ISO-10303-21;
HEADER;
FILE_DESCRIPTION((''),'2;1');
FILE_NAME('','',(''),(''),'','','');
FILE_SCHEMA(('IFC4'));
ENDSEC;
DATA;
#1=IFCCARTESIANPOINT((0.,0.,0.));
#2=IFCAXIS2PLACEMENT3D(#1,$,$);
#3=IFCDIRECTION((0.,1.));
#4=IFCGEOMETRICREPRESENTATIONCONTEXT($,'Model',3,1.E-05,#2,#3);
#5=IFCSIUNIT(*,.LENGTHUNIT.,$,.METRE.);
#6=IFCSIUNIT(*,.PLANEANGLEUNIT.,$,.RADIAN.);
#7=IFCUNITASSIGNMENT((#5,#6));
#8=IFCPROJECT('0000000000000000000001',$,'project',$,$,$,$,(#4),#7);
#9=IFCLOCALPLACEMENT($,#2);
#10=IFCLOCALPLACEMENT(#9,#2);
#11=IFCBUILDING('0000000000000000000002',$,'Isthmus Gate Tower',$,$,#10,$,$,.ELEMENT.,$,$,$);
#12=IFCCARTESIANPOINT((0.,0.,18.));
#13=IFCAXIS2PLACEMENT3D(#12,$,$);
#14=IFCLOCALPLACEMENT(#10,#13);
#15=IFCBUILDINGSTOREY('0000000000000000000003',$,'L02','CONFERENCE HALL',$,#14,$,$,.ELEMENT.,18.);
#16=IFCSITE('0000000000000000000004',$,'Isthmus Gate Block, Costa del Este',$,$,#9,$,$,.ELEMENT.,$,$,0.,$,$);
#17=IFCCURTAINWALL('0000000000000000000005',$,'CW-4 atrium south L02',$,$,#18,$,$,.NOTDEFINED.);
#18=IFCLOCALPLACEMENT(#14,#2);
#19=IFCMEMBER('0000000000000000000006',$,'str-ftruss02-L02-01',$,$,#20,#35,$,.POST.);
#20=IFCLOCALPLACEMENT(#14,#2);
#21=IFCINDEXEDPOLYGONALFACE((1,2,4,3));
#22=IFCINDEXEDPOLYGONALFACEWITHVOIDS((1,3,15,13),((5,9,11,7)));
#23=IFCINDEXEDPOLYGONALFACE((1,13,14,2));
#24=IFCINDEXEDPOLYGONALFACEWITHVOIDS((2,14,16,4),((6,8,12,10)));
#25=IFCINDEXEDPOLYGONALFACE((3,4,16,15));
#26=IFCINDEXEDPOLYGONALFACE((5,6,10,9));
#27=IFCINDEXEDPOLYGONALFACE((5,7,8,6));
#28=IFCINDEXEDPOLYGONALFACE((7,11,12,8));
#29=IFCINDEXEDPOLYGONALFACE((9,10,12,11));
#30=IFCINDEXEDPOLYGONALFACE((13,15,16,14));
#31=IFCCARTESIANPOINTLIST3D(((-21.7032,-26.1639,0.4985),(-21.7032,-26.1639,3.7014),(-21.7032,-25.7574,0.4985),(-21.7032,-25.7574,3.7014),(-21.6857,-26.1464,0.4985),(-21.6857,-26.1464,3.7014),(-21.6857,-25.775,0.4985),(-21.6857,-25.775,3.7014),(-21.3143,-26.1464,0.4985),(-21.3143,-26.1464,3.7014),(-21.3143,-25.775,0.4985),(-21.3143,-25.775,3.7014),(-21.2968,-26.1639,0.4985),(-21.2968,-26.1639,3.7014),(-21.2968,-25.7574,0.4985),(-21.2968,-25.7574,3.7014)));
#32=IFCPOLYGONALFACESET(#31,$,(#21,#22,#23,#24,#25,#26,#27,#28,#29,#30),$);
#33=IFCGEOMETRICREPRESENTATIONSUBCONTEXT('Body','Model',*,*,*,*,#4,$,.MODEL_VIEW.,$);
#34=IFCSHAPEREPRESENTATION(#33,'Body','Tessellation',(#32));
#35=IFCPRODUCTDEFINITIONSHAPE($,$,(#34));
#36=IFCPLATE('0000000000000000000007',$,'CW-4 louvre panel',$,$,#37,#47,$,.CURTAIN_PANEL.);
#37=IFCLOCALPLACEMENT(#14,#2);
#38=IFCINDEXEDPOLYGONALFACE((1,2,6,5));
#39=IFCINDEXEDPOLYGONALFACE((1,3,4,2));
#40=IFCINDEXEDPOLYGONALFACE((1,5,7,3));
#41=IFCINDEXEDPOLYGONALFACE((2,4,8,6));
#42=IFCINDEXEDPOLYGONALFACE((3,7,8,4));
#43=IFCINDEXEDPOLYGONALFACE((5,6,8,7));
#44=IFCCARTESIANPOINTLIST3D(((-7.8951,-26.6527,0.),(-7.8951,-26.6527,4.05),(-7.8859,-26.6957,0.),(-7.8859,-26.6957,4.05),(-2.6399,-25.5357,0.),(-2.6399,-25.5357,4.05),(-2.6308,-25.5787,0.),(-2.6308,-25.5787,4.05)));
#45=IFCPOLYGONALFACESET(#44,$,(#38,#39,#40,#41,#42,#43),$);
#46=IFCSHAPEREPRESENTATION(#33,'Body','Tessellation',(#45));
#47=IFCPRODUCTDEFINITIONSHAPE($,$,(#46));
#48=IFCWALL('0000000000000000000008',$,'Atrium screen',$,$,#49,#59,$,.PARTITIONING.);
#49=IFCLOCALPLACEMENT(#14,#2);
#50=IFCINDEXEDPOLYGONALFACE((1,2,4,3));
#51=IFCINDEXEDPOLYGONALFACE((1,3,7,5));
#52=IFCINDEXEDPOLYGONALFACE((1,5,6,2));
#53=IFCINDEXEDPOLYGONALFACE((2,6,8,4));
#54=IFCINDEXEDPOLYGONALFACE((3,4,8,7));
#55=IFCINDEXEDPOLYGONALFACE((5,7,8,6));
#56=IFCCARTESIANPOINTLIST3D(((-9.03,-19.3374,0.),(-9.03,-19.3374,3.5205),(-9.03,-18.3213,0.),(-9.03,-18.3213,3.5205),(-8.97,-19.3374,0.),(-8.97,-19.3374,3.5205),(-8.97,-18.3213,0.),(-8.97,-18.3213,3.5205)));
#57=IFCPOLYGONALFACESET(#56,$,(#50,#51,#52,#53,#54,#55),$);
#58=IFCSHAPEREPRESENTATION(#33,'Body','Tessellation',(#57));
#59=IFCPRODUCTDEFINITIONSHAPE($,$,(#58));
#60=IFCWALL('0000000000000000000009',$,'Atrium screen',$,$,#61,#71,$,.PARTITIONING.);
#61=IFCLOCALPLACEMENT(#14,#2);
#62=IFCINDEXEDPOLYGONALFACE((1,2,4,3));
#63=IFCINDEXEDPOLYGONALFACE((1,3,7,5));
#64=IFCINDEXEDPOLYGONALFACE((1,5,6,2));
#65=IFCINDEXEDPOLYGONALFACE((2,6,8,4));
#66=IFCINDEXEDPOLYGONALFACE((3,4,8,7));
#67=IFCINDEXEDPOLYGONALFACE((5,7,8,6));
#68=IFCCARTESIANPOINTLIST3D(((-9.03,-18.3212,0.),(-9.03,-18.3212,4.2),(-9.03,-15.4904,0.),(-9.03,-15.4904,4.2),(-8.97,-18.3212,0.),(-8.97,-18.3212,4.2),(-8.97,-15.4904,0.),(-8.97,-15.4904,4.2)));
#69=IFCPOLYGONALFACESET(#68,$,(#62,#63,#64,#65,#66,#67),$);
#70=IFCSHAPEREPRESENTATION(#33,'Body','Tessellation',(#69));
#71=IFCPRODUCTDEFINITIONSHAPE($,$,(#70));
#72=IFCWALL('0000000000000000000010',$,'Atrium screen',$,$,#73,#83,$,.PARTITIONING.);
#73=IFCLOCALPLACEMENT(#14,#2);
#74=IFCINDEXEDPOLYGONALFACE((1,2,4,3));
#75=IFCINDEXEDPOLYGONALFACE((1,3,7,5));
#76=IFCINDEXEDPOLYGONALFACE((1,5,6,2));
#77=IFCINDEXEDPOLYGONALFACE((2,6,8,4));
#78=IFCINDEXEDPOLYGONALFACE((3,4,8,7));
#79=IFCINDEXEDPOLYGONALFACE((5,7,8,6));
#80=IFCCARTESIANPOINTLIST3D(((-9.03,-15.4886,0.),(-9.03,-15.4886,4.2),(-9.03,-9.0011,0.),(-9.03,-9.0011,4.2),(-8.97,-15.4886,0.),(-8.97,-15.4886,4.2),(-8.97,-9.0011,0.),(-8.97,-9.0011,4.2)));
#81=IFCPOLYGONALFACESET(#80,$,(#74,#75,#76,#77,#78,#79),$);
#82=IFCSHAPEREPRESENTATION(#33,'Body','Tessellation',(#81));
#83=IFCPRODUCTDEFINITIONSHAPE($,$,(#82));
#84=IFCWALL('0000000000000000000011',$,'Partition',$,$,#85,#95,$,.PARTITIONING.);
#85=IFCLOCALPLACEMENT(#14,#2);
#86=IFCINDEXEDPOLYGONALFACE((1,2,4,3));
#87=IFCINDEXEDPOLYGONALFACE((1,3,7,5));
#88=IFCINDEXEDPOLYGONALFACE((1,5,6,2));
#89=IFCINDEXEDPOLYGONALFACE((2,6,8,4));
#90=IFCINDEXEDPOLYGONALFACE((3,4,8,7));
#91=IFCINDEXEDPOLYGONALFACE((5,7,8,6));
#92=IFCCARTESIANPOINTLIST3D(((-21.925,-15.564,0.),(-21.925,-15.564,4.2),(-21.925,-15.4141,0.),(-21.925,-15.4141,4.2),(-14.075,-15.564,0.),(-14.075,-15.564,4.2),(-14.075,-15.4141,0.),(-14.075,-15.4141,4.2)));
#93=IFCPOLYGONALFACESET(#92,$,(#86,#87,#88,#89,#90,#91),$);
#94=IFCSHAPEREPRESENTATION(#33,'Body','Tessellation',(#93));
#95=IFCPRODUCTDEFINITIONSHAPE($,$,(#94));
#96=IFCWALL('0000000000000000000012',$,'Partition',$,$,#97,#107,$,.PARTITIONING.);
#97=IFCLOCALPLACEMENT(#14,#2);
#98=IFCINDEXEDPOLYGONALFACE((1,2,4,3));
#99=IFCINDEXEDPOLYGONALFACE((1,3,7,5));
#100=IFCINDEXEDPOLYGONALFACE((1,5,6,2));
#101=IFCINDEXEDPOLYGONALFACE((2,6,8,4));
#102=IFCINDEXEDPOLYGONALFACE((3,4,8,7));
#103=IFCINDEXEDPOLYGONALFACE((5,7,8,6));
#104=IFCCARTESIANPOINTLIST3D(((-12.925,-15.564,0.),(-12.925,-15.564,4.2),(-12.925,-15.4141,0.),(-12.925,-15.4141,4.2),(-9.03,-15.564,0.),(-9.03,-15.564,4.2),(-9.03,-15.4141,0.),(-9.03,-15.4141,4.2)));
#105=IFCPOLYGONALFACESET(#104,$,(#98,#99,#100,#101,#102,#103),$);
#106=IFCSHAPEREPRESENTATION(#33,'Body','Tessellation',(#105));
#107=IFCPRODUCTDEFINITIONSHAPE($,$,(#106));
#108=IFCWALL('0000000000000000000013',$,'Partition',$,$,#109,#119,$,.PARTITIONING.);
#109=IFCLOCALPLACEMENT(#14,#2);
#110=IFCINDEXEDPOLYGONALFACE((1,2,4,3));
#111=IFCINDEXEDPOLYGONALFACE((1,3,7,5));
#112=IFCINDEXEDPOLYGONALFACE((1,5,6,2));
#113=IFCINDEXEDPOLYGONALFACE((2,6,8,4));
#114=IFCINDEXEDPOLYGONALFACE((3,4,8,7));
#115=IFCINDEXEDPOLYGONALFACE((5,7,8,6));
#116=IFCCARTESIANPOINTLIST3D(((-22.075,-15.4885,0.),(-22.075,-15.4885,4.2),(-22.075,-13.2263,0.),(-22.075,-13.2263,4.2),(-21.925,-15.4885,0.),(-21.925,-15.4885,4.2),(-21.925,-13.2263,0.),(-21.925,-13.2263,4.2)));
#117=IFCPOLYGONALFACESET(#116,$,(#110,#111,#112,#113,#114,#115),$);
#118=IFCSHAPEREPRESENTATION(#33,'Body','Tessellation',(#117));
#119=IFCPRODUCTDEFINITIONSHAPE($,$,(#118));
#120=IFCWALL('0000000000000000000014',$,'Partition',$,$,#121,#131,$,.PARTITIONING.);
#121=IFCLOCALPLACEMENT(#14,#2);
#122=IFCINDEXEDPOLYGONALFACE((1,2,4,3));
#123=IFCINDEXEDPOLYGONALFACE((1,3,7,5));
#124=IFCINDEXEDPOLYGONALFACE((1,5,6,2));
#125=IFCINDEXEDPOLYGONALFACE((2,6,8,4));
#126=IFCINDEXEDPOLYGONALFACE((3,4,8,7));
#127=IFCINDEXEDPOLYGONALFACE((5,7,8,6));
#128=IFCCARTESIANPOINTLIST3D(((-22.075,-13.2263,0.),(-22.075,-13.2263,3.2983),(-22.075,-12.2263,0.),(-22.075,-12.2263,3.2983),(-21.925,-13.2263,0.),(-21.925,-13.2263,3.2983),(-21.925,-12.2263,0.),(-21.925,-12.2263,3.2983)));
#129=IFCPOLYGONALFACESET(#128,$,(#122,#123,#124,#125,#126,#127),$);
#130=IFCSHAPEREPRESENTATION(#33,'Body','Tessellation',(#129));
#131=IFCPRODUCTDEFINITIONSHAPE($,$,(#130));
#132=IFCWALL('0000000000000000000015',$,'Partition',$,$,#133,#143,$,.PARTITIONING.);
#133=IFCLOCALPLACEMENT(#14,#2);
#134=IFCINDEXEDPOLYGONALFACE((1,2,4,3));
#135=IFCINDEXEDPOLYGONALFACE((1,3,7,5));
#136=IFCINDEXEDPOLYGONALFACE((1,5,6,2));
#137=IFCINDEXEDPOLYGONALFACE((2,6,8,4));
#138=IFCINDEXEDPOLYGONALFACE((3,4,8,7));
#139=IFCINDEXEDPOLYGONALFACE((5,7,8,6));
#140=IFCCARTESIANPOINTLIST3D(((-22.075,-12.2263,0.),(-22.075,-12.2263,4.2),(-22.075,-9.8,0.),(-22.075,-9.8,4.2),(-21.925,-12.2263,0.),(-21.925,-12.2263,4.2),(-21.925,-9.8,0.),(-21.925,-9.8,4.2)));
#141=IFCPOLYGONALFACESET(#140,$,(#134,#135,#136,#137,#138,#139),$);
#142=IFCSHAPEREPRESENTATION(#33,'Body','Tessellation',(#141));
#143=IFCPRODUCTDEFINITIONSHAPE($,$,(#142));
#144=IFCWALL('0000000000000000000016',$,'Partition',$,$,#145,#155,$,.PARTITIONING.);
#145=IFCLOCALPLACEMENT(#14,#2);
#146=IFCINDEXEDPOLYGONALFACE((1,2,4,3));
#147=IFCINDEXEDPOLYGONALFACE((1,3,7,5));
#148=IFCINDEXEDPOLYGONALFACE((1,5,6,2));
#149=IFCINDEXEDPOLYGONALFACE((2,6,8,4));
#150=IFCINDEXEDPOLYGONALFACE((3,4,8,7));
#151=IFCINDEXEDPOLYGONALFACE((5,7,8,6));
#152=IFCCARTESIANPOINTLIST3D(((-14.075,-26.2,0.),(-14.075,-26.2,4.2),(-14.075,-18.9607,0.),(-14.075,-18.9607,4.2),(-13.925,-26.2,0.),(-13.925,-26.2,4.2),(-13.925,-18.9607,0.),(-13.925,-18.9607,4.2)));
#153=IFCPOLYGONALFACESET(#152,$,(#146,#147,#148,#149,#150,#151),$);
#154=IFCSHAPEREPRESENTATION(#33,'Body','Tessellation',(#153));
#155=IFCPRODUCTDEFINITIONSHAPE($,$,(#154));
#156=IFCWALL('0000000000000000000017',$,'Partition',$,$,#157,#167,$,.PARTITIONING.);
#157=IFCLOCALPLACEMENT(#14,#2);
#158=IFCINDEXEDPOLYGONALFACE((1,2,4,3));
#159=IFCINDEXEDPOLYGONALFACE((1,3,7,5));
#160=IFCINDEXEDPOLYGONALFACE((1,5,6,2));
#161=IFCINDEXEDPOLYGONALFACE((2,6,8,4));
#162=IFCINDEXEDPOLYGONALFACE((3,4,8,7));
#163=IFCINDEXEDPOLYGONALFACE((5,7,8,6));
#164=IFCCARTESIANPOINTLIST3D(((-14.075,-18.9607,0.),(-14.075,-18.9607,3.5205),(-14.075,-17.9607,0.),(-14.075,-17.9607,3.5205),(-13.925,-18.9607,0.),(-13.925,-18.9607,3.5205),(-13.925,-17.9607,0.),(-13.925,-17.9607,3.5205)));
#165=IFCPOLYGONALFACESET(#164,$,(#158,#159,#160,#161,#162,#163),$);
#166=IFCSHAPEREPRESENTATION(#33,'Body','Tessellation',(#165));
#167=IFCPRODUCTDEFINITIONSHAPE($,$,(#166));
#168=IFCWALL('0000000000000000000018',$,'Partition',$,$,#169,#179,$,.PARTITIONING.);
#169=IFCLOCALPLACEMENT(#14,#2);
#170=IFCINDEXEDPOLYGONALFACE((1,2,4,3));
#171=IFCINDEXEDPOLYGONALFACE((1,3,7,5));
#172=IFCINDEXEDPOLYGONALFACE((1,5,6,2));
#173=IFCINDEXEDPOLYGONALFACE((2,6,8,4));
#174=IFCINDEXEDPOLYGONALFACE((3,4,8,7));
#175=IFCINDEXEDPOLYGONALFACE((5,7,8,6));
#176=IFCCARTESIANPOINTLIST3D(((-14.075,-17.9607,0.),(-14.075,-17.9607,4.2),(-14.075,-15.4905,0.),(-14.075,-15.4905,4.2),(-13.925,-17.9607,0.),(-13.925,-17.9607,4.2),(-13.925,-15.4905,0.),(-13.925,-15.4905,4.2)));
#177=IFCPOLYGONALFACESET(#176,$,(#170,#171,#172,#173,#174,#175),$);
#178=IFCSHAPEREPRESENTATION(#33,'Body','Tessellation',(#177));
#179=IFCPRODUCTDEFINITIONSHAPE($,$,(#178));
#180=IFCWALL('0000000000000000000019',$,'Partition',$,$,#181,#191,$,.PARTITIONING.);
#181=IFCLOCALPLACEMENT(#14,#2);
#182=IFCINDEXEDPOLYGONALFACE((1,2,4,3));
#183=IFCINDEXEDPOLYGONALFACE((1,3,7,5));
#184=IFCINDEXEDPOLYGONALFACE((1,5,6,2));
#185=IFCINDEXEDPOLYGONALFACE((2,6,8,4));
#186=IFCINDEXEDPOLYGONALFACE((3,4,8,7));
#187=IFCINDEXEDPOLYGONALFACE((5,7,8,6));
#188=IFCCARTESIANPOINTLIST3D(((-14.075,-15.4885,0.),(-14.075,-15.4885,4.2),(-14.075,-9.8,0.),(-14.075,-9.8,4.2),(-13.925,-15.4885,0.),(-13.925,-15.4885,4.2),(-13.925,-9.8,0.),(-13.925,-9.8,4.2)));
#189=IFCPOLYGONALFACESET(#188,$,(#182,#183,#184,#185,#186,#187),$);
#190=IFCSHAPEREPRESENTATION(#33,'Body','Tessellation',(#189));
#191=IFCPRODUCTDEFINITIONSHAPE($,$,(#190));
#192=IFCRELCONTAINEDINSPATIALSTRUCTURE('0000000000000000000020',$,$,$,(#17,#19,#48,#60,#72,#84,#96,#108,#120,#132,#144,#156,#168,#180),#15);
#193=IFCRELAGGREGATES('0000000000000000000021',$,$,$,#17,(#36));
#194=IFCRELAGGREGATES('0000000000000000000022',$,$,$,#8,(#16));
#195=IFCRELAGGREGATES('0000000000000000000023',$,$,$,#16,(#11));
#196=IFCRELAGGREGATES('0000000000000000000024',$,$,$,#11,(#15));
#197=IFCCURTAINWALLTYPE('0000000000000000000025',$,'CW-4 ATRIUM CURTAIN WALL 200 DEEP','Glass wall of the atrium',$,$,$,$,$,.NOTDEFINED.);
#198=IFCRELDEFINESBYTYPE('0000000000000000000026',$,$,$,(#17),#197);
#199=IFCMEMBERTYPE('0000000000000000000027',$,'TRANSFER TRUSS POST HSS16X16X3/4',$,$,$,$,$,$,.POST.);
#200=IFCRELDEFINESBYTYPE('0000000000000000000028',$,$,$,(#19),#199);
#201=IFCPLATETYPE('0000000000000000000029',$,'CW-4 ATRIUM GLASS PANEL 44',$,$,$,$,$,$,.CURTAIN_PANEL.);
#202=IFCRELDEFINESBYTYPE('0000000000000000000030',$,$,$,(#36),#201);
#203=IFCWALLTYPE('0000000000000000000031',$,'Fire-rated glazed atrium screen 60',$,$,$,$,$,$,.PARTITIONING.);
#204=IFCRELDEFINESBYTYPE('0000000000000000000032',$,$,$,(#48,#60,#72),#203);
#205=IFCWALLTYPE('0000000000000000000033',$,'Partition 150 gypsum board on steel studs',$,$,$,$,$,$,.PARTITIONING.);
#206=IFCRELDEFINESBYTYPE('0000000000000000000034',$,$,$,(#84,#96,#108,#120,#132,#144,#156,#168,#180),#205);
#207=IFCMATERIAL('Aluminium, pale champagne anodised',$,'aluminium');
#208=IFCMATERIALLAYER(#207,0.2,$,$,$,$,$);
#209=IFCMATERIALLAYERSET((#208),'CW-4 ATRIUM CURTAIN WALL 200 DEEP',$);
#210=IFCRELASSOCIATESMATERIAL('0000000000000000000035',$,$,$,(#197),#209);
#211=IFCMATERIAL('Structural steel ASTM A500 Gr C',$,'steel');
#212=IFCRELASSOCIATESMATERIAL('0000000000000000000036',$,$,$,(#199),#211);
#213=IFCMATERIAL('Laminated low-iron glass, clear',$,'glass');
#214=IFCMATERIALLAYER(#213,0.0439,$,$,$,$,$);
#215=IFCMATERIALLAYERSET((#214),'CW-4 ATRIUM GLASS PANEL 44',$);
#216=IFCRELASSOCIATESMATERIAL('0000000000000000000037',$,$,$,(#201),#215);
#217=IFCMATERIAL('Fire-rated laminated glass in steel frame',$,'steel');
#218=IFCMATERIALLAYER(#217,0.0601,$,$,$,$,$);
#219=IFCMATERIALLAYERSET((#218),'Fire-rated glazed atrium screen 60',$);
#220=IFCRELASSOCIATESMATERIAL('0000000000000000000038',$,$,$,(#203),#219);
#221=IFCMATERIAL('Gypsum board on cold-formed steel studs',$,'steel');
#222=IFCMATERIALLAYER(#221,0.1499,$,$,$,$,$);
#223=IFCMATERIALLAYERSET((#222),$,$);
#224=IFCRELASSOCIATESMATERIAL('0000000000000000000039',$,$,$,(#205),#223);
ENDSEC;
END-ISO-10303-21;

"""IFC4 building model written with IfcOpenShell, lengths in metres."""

from ifc_helpers import new_model, si_unit, direction, frame, frame_2d, origin, origin_2d, place, context, subcontext, project, spatial, rectangle, hollow_rectangle, extrude, material, layer, layer_set, material_profile, profile_set, type_object, element, aggregate, save


model = new_model("IFC4")

# Units and contexts
model_context = context("Model", 3, precision=1e-05, world=origin(), true_north=direction((0.0, 1.0)))
body_context = subcontext(model_context, "Body", "Model", "MODEL_VIEW")
ifc_project = project(units=[si_unit("LENGTHUNIT", "METRE"), si_unit("PLANEANGLEUNIT", "RADIAN")], contexts=[model_context])

# Site, building, storey
site_placement = place(None, origin())
site = spatial("IfcSite", under=ifc_project, at=site_placement, Name="Isthmus Gate Block, Costa del Este", CompositionType="ELEMENT", RefElevation=0.0)
building_placement = place(site_placement, origin())
building = spatial("IfcBuilding", under=site, at=building_placement, Name="Isthmus Gate Tower", CompositionType="ELEMENT")
storey_placement = place(building_placement, frame((0.0, 0.0, 18.0)))
storey = spatial("IfcBuildingStorey", under=building, at=storey_placement, Name="L02", Description="CONFERENCE HALL", CompositionType="ELEMENT", Elevation=18.0)

# Curtain wall
ifc_material_1 = material(Name="Aluminium, pale champagne anodised", Category="aluminium")
ifc_layer_1 = layer(ifc_material_1, 0.2)
ifc_layer_set_1 = layer_set([ifc_layer_1], Name="CW-4 ATRIUM CURTAIN WALL 200 DEEP")
curtain_wall_type = type_object("IfcCurtainWallType", Name="CW-4 ATRIUM CURTAIN WALL 200 DEEP", Description="Glass wall of the atrium", PredefinedType="NOTDEFINED", material=ifc_layer_set_1)
curtain_wall_placement = place(storey_placement, origin())
curtain_wall = element("IfcCurtainWall", 1, at=curtain_wall_placement, inside=storey, type_object=curtain_wall_type, Name="CW-4 atrium south L02", PredefinedType="NOTDEFINED")

# Member
ifc_material_2 = material(Name="Structural steel ASTM A500 Gr C", Category="steel")
ifc_material_profile_1 = material_profile(ifc_material_2, hollow_rectangle(XDim=0.4065, YDim=0.4065, WallThickness=0.0176, at=origin_2d()), Name="HSS16X16X3/4")
ifc_profile_set_1 = profile_set([ifc_material_profile_1], Name="Structural steel ASTM A500 Gr C")
member_type_1 = type_object("IfcMemberType", Name="TRANSFER TRUSS POST HSS16X16X3/4", PredefinedType="POST", material=ifc_profile_set_1)
member_1_placement = place(storey_placement, frame((-21.5, -25.9607, 0.4985), z_axis=(0.0, 0.0, 1.0), x_axis=(1.0, 0.0, 0.0)))
element("IfcMember", 2, at=member_1_placement, inside=storey, type_object=member_type_1, Name="str-ftruss02-L02-01", PredefinedType="POST", context=body_context, shape_type="SweptSolid", body=[
    extrude(hollow_rectangle(XDim=0.4065, YDim=0.4065, WallThickness=0.0176, at=origin_2d()), origin(), (0.0, 0.0, 1.0), 3.2029),
])

# Plate
ifc_material_3 = material(Name="Laminated low-iron glass, clear", Category="glass")
ifc_layer_2 = layer(ifc_material_3, 0.0439)
ifc_layer_set_2 = layer_set([ifc_layer_2], Name="CW-4 ATRIUM GLASS PANEL 44")
plate_type = type_object("IfcPlateType", Name="CW-4 ATRIUM GLASS PANEL 44", PredefinedType="CURTAIN_PANEL", material=ifc_layer_set_2)
plate_placement = place(storey_placement, frame((-5.2629, -26.1157, 0.0), z_axis=(0.0, 0.0, 1.0), x_axis=(0.978148, 0.207912, 0.0)))
plate = element("IfcPlate", 3, at=plate_placement, type_object=plate_type, Name="CW-4 louvre panel", PredefinedType="CURTAIN_PANEL", context=body_context, shape_type="SweptSolid", body=[
    extrude(rectangle(XDim=5.3726, YDim=0.0439, at=origin_2d()), origin(), (0.0, 0.0, 1.0), 4.05),
])
aggregate(curtain_wall, [plate])

# Walls
ifc_material_4 = material(Name="Fire-rated laminated glass in steel frame", Category="steel")
ifc_layer_3 = layer(ifc_material_4, 0.0601)
ifc_layer_set_3 = layer_set([ifc_layer_3], Name="Fire-rated glazed atrium screen 60")
wall_type_1 = type_object("IfcWallType", Name="Fire-rated glazed atrium screen 60", PredefinedType="PARTITIONING", material=ifc_layer_set_3)
wall_1_placement = place(storey_placement, frame((-9.0, -19.3374, 0.0), z_axis=(0.0, 0.0, 1.0), x_axis=(0.0, 1.0, 0.0)))
element("IfcWall", 4, at=wall_1_placement, inside=storey, type_object=wall_type_1, Name="Atrium screen", PredefinedType="PARTITIONING", context=body_context, shape_type="SweptSolid", body=[
    extrude(rectangle(XDim=1.0161, YDim=0.0601, at=frame_2d((0.5081, 0.0))), origin(), (0.0, 0.0, 1.0), 3.5205),
])
wall_2_placement = place(storey_placement, frame((-9.0, -18.3213, 0.0), z_axis=(0.0, 0.0, 1.0), x_axis=(0.0, 1.0, 0.0)))
element("IfcWall", 5, at=wall_2_placement, inside=storey, type_object=wall_type_1, Name="Atrium screen", PredefinedType="PARTITIONING", context=body_context, shape_type="SweptSolid", body=[
    extrude(rectangle(XDim=2.8308, YDim=0.0601, at=frame_2d((1.4155, 0.0))), origin(), (0.0, 0.0, 1.0), 4.2),
])
wall_3_placement = place(storey_placement, frame((-9.0, -15.4885, 0.0), z_axis=(0.0, 0.0, 1.0), x_axis=(0.0, 1.0, 0.0)))
element("IfcWall", 6, at=wall_3_placement, inside=storey, type_object=wall_type_1, Name="Atrium screen", PredefinedType="PARTITIONING", context=body_context, shape_type="SweptSolid", body=[
    extrude(rectangle(XDim=6.4875, YDim=0.0601, at=frame_2d((3.2437, 0.0))), origin(), (0.0, 0.0, 1.0), 4.2),
])
ifc_material_5 = material(Name="Gypsum board on cold-formed steel studs", Category="steel")
ifc_layer_4 = layer(ifc_material_5, 0.1499)
ifc_layer_set_4 = layer_set([ifc_layer_4])
wall_type_2 = type_object("IfcWallType", Name="Partition 150 gypsum board on steel studs", PredefinedType="PARTITIONING", material=ifc_layer_set_4)
wall_4_placement = place(storey_placement, frame((-21.925, -15.489, 0.0), z_axis=(0.0, 0.0, 1.0), x_axis=(1.0, 0.0, 0.0)))
element("IfcWall", 7, at=wall_4_placement, inside=storey, type_object=wall_type_2, Name="Partition", PredefinedType="PARTITIONING", context=body_context, shape_type="SweptSolid", body=[
    extrude(rectangle(XDim=7.8501, YDim=0.1499, at=frame_2d((3.925, 0.0))), origin(), (0.0, 0.0, 1.0), 4.2),
])
wall_5_placement = place(storey_placement, frame((-12.925, -15.489, 0.0), z_axis=(0.0, 0.0, 1.0), x_axis=(1.0, 0.0, 0.0)))
element("IfcWall", 8, at=wall_5_placement, inside=storey, type_object=wall_type_2, Name="Partition", PredefinedType="PARTITIONING", context=body_context, shape_type="SweptSolid", body=[
    extrude(rectangle(XDim=3.895, YDim=0.1499, at=frame_2d((1.9475, 0.0))), origin(), (0.0, 0.0, 1.0), 4.2),
])
wall_6_placement = place(storey_placement, frame((-22.0, -15.4885, 0.0), z_axis=(0.0, 0.0, 1.0), x_axis=(0.0, 1.0, 0.0)))
element("IfcWall", 9, at=wall_6_placement, inside=storey, type_object=wall_type_2, Name="Partition", PredefinedType="PARTITIONING", context=body_context, shape_type="SweptSolid", body=[
    extrude(rectangle(XDim=2.2622, YDim=0.1499, at=frame_2d((1.1311, 0.0))), origin(), (0.0, 0.0, 1.0), 4.2),
])
wall_7_placement = place(storey_placement, frame((-22.0, -13.2263, 0.0), z_axis=(0.0, 0.0, 1.0), x_axis=(0.0, 1.0, 0.0)))
element("IfcWall", 10, at=wall_7_placement, inside=storey, type_object=wall_type_2, Name="Partition", PredefinedType="PARTITIONING", context=body_context, shape_type="SweptSolid", body=[
    extrude(rectangle(XDim=1.0, YDim=0.1499, at=frame_2d((0.5, 0.0))), origin(), (0.0, 0.0, 1.0), 3.2983),
])
wall_8_placement = place(storey_placement, frame((-22.0, -12.2263, 0.0), z_axis=(0.0, 0.0, 1.0), x_axis=(0.0, 1.0, 0.0)))
element("IfcWall", 11, at=wall_8_placement, inside=storey, type_object=wall_type_2, Name="Partition", PredefinedType="PARTITIONING", context=body_context, shape_type="SweptSolid", body=[
    extrude(rectangle(XDim=2.4263, YDim=0.1499, at=frame_2d((1.2131, 0.0))), origin(), (0.0, 0.0, 1.0), 4.2),
])
wall_9_placement = place(storey_placement, frame((-14.0, -26.2, 0.0), z_axis=(0.0, 0.0, 1.0), x_axis=(0.0, 1.0, 0.0)))
element("IfcWall", 12, at=wall_9_placement, inside=storey, type_object=wall_type_2, Name="Partition", PredefinedType="PARTITIONING", context=body_context, shape_type="SweptSolid", body=[
    extrude(rectangle(XDim=7.2393, YDim=0.1499, at=frame_2d((3.6196, 0.0))), origin(), (0.0, 0.0, 1.0), 4.2),
])
wall_10_placement = place(storey_placement, frame((-14.0, -18.9607, 0.0), z_axis=(0.0, 0.0, 1.0), x_axis=(0.0, 1.0, 0.0)))
element("IfcWall", 13, at=wall_10_placement, inside=storey, type_object=wall_type_2, Name="Partition", PredefinedType="PARTITIONING", context=body_context, shape_type="SweptSolid", body=[
    extrude(rectangle(XDim=1.0, YDim=0.1499, at=frame_2d((0.5, 0.0))), origin(), (0.0, 0.0, 1.0), 3.5205),
])
wall_11_placement = place(storey_placement, frame((-14.0, -17.9607, 0.0), z_axis=(0.0, 0.0, 1.0), x_axis=(0.0, 1.0, 0.0)))
element("IfcWall", 14, at=wall_11_placement, inside=storey, type_object=wall_type_2, Name="Partition", PredefinedType="PARTITIONING", context=body_context, shape_type="SweptSolid", body=[
    extrude(rectangle(XDim=2.4702, YDim=0.1499, at=frame_2d((1.2351, 0.0))), origin(), (0.0, 0.0, 1.0), 4.2),
])
wall_12_placement = place(storey_placement, frame((-14.0, -15.4885, 0.0), z_axis=(0.0, 0.0, 1.0), x_axis=(0.0, 1.0, 0.0)))
element("IfcWall", 15, at=wall_12_placement, inside=storey, type_object=wall_type_2, Name="Partition", PredefinedType="PARTITIONING", context=body_context, shape_type="SweptSolid", body=[
    extrude(rectangle(XDim=5.6885, YDim=0.1499, at=frame_2d((2.8442, 0.0))), origin(), (0.0, 0.0, 1.0), 4.2),
])

save(model, "model.ifc")
